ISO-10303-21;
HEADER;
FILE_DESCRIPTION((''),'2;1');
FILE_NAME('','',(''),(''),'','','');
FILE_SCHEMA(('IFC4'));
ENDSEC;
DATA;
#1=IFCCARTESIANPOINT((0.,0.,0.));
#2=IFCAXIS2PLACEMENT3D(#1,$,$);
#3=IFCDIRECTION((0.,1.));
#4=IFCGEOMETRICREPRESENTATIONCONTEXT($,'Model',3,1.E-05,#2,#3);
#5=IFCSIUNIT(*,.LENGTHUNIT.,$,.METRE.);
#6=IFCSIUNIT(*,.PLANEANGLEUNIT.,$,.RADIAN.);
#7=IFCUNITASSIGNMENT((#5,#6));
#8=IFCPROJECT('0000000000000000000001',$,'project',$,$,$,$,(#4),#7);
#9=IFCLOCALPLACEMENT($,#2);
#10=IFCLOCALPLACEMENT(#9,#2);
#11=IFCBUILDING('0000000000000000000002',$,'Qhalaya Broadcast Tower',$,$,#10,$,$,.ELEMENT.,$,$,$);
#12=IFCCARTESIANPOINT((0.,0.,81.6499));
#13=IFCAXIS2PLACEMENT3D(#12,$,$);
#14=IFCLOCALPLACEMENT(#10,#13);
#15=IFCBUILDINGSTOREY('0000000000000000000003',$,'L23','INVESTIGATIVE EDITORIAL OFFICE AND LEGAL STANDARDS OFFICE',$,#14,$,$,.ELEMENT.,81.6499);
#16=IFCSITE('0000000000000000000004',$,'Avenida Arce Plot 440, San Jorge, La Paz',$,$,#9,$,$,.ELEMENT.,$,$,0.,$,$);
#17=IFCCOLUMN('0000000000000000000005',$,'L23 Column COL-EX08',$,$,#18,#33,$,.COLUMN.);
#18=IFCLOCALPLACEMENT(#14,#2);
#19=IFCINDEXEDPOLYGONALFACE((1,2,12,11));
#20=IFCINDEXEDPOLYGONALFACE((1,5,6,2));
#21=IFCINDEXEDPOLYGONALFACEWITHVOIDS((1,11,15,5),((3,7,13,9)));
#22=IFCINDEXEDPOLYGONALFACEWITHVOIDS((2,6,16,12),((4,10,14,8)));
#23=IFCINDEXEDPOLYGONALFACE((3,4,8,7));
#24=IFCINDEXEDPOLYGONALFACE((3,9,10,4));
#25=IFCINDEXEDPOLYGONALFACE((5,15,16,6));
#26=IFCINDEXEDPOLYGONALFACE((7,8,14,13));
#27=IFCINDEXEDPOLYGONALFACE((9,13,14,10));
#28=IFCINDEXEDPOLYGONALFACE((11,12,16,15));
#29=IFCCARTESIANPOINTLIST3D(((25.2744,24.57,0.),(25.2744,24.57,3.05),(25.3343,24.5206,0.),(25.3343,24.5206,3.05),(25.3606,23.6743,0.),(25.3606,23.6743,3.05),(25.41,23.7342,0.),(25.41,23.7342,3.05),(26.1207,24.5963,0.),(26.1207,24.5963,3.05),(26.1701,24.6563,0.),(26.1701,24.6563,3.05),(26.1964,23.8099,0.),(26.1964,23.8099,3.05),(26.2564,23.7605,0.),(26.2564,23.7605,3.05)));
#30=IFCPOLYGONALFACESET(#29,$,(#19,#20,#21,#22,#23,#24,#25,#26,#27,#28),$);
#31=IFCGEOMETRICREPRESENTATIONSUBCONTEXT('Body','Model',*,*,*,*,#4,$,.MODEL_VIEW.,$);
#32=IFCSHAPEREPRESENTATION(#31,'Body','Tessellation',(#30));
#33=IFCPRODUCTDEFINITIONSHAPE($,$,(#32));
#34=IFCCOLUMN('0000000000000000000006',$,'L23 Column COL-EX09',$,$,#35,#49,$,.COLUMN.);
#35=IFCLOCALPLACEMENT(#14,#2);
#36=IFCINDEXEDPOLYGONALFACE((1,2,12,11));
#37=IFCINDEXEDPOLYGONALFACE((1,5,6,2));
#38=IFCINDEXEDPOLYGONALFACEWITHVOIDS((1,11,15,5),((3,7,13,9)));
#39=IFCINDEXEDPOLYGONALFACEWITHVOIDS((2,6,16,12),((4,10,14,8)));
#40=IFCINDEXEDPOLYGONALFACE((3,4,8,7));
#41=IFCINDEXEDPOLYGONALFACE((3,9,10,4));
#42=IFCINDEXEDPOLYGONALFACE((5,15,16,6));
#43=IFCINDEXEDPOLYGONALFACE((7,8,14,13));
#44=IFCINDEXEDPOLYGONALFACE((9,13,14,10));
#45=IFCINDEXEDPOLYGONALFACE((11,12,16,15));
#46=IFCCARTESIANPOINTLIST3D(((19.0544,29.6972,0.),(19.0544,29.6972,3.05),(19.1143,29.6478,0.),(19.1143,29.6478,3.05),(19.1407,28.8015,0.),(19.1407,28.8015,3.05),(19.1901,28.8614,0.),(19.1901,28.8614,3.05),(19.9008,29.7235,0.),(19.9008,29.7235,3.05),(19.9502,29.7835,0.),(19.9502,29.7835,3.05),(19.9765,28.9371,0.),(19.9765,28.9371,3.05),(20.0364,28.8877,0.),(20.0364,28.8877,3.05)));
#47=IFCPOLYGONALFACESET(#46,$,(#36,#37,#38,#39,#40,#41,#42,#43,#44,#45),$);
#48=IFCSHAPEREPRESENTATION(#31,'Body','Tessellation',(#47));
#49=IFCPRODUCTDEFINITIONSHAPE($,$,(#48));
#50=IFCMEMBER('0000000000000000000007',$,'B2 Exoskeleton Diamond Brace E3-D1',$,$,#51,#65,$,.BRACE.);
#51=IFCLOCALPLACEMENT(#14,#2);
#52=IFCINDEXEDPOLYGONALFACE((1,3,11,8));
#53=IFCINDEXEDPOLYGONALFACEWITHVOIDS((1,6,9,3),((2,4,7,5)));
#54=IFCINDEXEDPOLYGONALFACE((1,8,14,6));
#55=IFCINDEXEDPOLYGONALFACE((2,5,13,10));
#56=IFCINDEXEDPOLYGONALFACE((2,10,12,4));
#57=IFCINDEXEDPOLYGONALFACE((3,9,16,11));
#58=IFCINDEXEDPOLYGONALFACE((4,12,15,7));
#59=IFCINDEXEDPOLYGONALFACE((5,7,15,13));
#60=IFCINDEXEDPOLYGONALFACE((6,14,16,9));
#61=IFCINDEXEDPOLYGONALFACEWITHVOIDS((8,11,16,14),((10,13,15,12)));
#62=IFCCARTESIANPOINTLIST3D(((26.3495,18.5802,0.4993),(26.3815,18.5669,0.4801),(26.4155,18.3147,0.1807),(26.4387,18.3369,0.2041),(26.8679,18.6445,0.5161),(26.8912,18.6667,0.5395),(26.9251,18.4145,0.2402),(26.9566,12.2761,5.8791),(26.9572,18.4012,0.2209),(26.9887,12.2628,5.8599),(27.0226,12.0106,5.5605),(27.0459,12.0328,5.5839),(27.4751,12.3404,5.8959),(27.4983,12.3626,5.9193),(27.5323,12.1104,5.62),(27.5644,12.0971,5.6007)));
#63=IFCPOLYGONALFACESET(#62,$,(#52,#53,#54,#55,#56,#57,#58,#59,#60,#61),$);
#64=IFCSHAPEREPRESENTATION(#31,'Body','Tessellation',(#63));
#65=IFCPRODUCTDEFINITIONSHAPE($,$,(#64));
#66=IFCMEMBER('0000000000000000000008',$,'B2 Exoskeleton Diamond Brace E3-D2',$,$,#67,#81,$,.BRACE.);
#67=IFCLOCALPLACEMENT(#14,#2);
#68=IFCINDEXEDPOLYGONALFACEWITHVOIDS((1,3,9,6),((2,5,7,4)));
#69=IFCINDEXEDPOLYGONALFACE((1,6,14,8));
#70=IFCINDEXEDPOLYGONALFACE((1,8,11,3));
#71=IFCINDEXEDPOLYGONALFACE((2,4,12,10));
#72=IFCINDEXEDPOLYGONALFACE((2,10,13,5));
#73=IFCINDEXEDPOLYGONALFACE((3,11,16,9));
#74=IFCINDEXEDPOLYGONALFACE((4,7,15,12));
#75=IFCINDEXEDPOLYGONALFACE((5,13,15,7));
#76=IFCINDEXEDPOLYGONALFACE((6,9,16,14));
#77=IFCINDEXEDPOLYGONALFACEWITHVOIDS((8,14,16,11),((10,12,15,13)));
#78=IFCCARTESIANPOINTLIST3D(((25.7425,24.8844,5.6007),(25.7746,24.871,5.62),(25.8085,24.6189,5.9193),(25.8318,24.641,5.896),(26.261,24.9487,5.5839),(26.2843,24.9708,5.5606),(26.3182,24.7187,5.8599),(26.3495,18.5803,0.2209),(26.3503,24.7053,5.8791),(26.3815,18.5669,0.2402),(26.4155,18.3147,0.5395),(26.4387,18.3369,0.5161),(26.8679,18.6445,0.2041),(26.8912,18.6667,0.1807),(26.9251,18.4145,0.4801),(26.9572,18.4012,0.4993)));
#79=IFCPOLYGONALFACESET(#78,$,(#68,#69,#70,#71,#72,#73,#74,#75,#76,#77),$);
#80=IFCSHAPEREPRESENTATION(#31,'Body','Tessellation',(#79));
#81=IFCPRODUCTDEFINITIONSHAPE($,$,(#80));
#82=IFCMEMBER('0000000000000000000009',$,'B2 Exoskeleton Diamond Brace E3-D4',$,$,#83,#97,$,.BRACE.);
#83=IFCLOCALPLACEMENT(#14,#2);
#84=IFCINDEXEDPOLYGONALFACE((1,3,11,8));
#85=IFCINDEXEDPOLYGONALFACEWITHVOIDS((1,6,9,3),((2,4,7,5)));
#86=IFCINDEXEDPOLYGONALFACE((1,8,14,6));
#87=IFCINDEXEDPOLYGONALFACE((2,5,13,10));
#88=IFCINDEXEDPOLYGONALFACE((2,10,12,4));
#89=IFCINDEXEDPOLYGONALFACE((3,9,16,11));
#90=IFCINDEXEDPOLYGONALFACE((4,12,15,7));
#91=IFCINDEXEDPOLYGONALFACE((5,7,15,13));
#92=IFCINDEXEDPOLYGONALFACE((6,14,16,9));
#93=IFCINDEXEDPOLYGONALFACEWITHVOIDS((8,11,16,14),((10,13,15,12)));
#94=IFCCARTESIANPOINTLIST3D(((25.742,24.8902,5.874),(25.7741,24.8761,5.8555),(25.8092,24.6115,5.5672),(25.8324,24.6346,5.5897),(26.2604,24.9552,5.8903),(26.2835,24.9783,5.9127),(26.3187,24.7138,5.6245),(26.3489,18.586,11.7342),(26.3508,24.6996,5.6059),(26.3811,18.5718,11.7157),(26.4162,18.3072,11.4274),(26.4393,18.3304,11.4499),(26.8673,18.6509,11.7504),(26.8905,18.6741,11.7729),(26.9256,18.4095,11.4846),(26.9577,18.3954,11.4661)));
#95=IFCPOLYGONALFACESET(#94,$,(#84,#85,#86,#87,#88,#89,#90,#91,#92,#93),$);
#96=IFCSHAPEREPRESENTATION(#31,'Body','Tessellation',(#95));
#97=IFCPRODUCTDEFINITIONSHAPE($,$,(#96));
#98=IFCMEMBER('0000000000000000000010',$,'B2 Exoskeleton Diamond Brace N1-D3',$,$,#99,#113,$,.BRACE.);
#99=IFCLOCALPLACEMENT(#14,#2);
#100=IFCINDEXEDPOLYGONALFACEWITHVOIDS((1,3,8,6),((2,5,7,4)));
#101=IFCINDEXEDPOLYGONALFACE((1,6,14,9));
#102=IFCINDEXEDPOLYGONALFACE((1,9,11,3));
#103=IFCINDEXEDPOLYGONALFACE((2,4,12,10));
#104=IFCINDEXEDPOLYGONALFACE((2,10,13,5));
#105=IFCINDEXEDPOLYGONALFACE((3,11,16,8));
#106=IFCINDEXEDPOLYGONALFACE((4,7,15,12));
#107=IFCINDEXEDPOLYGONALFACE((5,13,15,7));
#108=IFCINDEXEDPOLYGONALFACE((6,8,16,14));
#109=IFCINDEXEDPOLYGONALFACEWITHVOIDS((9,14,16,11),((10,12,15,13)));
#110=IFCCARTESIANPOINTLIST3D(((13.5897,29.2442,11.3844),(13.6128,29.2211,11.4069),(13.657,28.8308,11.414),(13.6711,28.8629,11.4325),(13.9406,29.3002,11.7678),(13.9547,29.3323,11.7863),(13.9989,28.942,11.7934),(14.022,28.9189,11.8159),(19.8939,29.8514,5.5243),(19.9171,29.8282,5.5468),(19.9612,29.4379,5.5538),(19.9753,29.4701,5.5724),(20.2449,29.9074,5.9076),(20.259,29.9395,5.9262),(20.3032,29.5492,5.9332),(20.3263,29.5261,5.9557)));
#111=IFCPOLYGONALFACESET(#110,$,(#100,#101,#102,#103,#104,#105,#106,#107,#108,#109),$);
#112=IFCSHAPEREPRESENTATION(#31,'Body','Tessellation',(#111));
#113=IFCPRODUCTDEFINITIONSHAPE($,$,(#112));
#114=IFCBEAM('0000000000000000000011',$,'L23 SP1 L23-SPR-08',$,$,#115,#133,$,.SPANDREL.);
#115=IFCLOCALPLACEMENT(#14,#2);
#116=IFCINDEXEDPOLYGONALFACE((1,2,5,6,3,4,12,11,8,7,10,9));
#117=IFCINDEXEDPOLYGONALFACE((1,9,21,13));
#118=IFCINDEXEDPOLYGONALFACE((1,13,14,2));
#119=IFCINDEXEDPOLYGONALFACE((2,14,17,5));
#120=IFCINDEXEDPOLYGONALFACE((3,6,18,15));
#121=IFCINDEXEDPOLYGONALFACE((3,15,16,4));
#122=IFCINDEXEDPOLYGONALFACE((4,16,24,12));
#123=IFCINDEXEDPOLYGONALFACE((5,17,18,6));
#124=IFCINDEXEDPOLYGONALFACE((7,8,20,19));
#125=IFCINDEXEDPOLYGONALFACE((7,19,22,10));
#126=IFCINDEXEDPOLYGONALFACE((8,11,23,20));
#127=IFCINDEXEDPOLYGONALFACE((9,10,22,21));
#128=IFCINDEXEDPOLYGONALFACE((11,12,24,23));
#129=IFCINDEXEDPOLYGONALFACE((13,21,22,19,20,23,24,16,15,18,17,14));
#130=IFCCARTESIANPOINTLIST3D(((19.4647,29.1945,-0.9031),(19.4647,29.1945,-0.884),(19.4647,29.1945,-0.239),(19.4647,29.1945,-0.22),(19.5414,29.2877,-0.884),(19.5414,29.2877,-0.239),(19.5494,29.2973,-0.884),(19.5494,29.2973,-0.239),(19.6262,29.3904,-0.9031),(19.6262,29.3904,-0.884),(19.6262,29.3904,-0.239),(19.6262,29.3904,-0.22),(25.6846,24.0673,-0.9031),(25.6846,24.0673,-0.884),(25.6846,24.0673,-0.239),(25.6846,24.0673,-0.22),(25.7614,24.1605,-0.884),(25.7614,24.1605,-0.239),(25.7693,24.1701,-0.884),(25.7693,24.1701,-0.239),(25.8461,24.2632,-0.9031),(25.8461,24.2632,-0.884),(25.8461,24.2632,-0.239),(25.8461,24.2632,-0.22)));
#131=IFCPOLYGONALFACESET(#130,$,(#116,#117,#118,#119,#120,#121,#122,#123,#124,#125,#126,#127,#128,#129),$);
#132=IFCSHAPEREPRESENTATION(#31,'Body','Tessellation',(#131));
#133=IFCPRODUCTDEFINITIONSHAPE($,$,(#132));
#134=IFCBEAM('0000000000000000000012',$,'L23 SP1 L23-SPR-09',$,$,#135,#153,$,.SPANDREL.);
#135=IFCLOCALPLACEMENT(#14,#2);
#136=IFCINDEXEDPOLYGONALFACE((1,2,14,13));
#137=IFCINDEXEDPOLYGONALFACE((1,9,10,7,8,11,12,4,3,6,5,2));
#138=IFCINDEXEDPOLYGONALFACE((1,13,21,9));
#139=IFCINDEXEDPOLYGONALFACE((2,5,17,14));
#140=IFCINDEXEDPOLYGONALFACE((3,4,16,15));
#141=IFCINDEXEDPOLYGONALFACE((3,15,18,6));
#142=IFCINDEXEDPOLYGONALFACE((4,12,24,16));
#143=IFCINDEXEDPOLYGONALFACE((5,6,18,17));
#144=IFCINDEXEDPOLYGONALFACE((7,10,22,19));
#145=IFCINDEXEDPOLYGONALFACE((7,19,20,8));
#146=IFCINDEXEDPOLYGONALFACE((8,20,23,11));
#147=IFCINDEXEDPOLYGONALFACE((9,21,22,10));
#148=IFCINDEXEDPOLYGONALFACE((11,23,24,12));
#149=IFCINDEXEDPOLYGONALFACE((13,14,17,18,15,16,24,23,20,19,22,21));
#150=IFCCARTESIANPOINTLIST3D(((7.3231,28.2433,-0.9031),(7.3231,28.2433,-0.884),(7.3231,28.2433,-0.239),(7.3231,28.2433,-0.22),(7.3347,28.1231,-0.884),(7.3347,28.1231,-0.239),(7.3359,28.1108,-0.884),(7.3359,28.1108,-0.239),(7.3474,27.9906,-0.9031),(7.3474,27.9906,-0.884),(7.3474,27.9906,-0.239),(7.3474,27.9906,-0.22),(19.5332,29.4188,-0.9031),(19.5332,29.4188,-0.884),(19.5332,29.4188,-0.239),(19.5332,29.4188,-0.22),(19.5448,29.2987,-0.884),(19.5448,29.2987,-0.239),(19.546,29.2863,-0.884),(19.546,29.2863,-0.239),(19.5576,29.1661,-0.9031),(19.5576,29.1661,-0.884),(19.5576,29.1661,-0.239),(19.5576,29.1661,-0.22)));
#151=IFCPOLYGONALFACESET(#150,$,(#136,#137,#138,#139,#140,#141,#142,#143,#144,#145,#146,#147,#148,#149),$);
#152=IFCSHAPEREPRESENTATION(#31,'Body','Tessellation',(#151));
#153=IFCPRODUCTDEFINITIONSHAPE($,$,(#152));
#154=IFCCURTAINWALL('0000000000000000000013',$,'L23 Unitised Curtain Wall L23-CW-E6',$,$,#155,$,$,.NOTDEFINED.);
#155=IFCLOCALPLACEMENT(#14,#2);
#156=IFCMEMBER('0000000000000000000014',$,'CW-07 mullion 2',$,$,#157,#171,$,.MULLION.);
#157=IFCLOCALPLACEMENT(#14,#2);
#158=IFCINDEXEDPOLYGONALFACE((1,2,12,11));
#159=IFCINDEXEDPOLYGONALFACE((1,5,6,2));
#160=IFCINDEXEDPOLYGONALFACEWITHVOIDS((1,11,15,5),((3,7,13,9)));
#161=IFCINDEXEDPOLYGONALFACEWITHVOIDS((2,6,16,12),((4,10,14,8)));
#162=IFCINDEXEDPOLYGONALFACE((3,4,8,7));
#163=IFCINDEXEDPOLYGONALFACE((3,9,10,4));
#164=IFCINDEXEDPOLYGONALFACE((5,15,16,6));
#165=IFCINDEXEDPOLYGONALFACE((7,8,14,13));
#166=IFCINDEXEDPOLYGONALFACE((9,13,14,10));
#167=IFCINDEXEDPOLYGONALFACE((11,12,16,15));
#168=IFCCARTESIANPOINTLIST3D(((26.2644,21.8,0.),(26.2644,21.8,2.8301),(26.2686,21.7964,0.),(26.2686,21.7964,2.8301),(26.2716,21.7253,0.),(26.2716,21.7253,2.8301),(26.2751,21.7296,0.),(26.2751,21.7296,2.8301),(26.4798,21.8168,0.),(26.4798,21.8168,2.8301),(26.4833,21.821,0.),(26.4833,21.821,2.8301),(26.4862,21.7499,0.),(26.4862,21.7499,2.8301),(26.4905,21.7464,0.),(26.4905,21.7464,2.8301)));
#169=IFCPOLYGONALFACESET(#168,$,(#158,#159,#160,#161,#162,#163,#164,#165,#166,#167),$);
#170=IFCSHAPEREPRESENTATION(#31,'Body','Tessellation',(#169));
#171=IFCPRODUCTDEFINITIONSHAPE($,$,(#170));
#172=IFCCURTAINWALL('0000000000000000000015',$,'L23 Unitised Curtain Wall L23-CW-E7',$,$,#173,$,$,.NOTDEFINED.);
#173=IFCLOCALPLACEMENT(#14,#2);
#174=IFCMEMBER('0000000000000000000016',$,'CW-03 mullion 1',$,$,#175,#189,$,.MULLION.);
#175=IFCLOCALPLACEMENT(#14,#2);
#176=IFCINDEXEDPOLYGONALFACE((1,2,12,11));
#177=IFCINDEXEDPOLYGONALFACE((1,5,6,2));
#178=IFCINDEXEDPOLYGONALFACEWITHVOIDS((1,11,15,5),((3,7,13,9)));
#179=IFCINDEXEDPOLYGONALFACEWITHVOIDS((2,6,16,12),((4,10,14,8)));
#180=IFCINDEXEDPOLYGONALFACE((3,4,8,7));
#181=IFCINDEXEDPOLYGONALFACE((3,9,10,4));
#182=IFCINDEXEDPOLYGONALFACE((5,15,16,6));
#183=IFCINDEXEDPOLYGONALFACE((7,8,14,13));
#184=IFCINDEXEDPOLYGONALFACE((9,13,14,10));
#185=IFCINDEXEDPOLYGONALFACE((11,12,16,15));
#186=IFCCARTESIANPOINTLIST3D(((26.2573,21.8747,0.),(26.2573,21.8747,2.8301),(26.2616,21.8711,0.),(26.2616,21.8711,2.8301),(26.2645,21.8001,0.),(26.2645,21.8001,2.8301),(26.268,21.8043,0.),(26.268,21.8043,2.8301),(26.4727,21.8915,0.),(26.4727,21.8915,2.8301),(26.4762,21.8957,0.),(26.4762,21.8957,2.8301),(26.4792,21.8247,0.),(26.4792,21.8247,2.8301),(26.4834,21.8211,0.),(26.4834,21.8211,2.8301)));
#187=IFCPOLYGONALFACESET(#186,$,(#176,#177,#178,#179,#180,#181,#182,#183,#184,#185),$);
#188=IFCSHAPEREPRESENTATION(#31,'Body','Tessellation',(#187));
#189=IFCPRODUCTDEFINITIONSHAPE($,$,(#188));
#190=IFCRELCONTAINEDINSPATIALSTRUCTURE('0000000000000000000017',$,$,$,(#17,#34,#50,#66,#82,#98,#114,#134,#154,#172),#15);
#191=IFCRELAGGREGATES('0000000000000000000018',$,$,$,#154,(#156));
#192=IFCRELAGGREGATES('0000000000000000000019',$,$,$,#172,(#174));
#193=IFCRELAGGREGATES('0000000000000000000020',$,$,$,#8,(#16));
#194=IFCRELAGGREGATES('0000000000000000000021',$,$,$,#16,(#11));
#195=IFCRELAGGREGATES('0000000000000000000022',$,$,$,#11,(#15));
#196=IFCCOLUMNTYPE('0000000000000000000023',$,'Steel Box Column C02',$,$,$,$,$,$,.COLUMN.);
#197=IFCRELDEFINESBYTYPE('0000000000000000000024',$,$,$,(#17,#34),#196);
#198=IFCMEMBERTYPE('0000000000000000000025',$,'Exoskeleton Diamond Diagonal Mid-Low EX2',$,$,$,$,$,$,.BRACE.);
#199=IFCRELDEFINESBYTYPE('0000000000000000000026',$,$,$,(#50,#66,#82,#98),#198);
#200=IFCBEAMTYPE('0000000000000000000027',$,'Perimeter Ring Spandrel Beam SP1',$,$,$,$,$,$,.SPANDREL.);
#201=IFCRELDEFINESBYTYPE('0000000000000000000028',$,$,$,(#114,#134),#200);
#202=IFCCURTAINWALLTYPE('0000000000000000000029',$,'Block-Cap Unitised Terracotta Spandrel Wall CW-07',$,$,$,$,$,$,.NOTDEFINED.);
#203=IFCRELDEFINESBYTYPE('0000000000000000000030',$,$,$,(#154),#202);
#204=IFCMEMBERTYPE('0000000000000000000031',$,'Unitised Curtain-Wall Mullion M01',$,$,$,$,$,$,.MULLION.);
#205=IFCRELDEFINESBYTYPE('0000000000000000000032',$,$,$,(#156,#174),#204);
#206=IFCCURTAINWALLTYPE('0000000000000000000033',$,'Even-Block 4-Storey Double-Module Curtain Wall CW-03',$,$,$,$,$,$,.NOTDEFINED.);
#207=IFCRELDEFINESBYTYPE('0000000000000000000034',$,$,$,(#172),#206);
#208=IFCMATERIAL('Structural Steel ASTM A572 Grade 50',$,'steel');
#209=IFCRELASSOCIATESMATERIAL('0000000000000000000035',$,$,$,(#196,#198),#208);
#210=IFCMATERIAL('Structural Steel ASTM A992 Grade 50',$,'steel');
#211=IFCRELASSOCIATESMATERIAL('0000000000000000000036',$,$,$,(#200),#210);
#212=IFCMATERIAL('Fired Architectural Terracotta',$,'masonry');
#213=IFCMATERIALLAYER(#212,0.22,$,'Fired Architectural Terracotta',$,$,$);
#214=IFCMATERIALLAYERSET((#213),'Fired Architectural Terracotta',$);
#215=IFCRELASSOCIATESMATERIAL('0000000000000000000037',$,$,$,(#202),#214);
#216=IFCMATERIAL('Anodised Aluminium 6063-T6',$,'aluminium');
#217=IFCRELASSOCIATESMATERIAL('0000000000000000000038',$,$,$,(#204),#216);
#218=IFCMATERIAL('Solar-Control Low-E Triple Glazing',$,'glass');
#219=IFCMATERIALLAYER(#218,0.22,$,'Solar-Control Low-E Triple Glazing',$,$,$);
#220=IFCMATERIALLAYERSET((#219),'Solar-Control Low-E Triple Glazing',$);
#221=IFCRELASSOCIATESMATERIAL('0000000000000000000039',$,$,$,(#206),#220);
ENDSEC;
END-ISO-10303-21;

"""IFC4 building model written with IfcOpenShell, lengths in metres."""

from ifc_helpers import new_model, si_unit, direction, frame, origin, origin_2d, place, context, subcontext, project, spatial, hollow_rectangle, i_section, extrude, material, layer, layer_set, material_profile, profile_set, type_object, element, aggregate, save


model = new_model("IFC4")

# Units and contexts
model_context = context("Model", 3, precision=1e-05, world=origin(), true_north=direction((0.0, 1.0)))
body_context = subcontext(model_context, "Body", "Model", "MODEL_VIEW")
ifc_project = project(units=[si_unit("LENGTHUNIT", "METRE"), si_unit("PLANEANGLEUNIT", "RADIAN")], contexts=[model_context])

# Site, building, storey
site_placement = place(None, origin())
site = spatial("IfcSite", under=ifc_project, at=site_placement, Name="Avenida Arce Plot 440, San Jorge, La Paz", CompositionType="ELEMENT", RefElevation=0.0)
building_placement = place(site_placement, origin())
building = spatial("IfcBuilding", under=site, at=building_placement, Name="Qhalaya Broadcast Tower", CompositionType="ELEMENT")
storey_placement = place(building_placement, frame((0.0, 0.0, 81.6499)))
storey = spatial("IfcBuildingStorey", under=building, at=storey_placement, Name="L23", Description="INVESTIGATIVE EDITORIAL OFFICE AND LEGAL STANDARDS OFFICE", CompositionType="ELEMENT", Elevation=81.6499)

# Columns
ifc_material_1 = material(Name="Structural Steel ASTM A572 Grade 50", Category="steel")
ifc_material_profile_1 = material_profile(ifc_material_1, hollow_rectangle(XDim=0.8999, YDim=0.8999, WallThickness=0.0549, at=origin_2d()), Name="BOX 900x900x55")
ifc_profile_set_1 = profile_set([ifc_material_profile_1], Name="Structural Steel ASTM A572 Grade 50")
column_type = type_object("IfcColumnType", Name="Steel Box Column C02", PredefinedType="COLUMN", material=ifc_profile_set_1)
for number, where, z_axis, x_axis, name in (
    (1, (25.7654, 24.1653, 0.0), (0.0, 0.0, 1.0), (-0.095846, 0.995396, 0.0), "L23 Column COL-EX08"),
    (2, (19.5454, 29.2925, 0.0), (0.0, 0.0, 1.0), (0.995396, 0.095846, 0.0), "L23 Column COL-EX09"),
):
    element("IfcColumn", number, at=place(storey_placement, frame(where, z_axis=z_axis, x_axis=x_axis)), inside=storey, type_object=column_type, Name=name, PredefinedType="COLUMN", context=body_context, shape_type="SweptSolid", body=[
        extrude(hollow_rectangle(XDim=0.8999, YDim=0.8999, WallThickness=0.0549, at=origin_2d()), origin(), (0.0, 0.0, 1.0), 3.05),
    ])

# Members
ifc_material_profile_2 = material_profile(ifc_material_1, hollow_rectangle(XDim=0.4199, YDim=0.55, WallThickness=0.0281, at=origin_2d()), Name="BOX 420x550x28")
ifc_profile_set_2 = profile_set([ifc_material_profile_2], Name="Structural Steel ASTM A572 Grade 50")
member_type_1 = type_object("IfcMemberType", Name="Exoskeleton Diamond Diagonal Mid-Low EX2", PredefinedType="BRACE", material=ifc_profile_set_2)
for number, where, z_axis, x_axis, name in (
    (3, (26.6533, 18.4907, 0.3601), (0.073067, -0.758636, 0.647405), (-0.157185, 0.632268, 0.758637), "B2 Exoskeleton Diamond Brace E3-D1"),
    (4, (26.6533, 18.4907, 0.3601), (-0.073037, 0.758637, 0.647406), (0.157161, -0.632275, 0.758636), "B2 Exoskeleton Diamond Brace E3-D2"),
):
    element("IfcMember", number, at=place(storey_placement, frame(where, z_axis=z_axis, x_axis=x_axis)), inside=storey, type_object=member_type_1, Name=name, PredefinedType="BRACE", context=body_context, shape_type="SweptSolid", body=[
        extrude(hollow_rectangle(XDim=0.4199, YDim=0.55, WallThickness=0.0281, at=origin_2d()), origin(), (0.0, 0.0, 1.0), 8.3098),
    ])
for number, where, z_axis, x_axis, name in (
    (5, (26.0464, 24.7949, 5.74), (0.07034, -0.73062, 0.679152), (-0.160189, 0.663729, 0.730619), "B2 Exoskeleton Diamond Brace E3-D4"),
    (6, (20.1101, 29.6887, 5.74), (-0.730618, -0.070368, 0.679151), (0.160222, -0.984571, 0.070351), "B2 Exoskeleton Diamond Brace N1-D3"),
):
    element("IfcMember", number, at=place(storey_placement, frame(where, z_axis=z_axis, x_axis=x_axis)), inside=storey, type_object=member_type_1, Name=name, PredefinedType="BRACE", context=body_context, shape_type="SweptSolid", body=[
        extrude(hollow_rectangle(XDim=0.4199, YDim=0.55, WallThickness=0.0281, at=origin_2d()), origin(), (0.0, 0.0, 1.0), 8.6287),
    ])

# Beams
ifc_material_2 = material(Name="Structural Steel ASTM A992 Grade 50", Category="steel")
ifc_material_profile_3 = material_profile(ifc_material_2, i_section(OverallWidth=0.2539, OverallDepth=0.6831, WebThickness=0.0125, FlangeThickness=0.019, at=origin_2d()), Name="W27X94")
ifc_profile_set_3 = profile_set([ifc_material_profile_3], Name="Structural Steel ASTM A992 Grade 50")
beam_type = type_object("IfcBeamType", Name="Perimeter Ring Spandrel Beam SP1", PredefinedType="SPANDREL", material=ifc_profile_set_3)
beam_1_placement = place(storey_placement, frame((25.7654, 24.1653, -0.5615), z_axis=(-0.771634, 0.636067, 0.0), x_axis=(-0.636067, -0.771634, 0.0)))
element("IfcBeam", 7, at=beam_1_placement, inside=storey, type_object=beam_type, Name="L23 SP1 L23-SPR-08", PredefinedType="SPANDREL", context=body_context, shape_type="SweptSolid", body=[
    extrude(i_section(OverallWidth=0.2539, OverallDepth=0.6831, WebThickness=0.0125, FlangeThickness=0.019, at=origin_2d()), origin(), (0.0, 0.0, 1.0), 8.0608),
])
beam_2_placement = place(storey_placement, frame((19.5454, 29.2925, -0.5615), z_axis=(-0.995398, -0.095832, 0.0), x_axis=(0.095832, -0.995398, 0.0)))
element("IfcBeam", 8, at=beam_2_placement, inside=storey, type_object=beam_type, Name="L23 SP1 L23-SPR-09", PredefinedType="SPANDREL", context=body_context, shape_type="SweptSolid", body=[
    extrude(i_section(OverallWidth=0.2539, OverallDepth=0.6831, WebThickness=0.0125, FlangeThickness=0.019, at=origin_2d()), origin(), (0.0, 0.0, 1.0), 12.2666),
])

# Curtain wall, member
ifc_material_3 = material(Name="Fired Architectural Terracotta", Category="masonry")
ifc_layer_1 = layer(ifc_material_3, 0.22, Name="Fired Architectural Terracotta")
ifc_layer_set_1 = layer_set([ifc_layer_1], Name="Fired Architectural Terracotta")
curtain_wall_type_1 = type_object("IfcCurtainWallType", Name="Block-Cap Unitised Terracotta Spandrel Wall CW-07", PredefinedType="NOTDEFINED", material=ifc_layer_set_1)
curtain_wall_1_placement = place(storey_placement, origin())
curtain_wall_1 = element("IfcCurtainWall", 9, at=curtain_wall_1_placement, inside=storey, type_object=curtain_wall_type_1, Name="L23 Unitised Curtain Wall L23-CW-E6", PredefinedType="NOTDEFINED")
ifc_material_4 = material(Name="Anodised Aluminium 6063-T6", Category="aluminium")
ifc_material_profile_4 = material_profile(ifc_material_4, hollow_rectangle(XDim=0.075, YDim=0.22, WallThickness=0.0039, at=origin_2d()), Name="ALU-MUL 75x220x4")
ifc_profile_set_4 = profile_set([ifc_material_profile_4], Name="Anodised Aluminium 6063-T6")
member_type_2 = type_object("IfcMemberType", Name="Unitised Curtain-Wall Mullion M01", PredefinedType="MULLION", material=ifc_profile_set_4)
member_1_placement = place(storey_placement, frame((26.3774, 21.7732, 0.0), z_axis=(0.0, 0.0, 1.0), x_axis=(-0.095858, 0.995395, 0.0)))
member_1 = element("IfcMember", 10, at=member_1_placement, type_object=member_type_2, Name="CW-07 mullion 2", PredefinedType="MULLION", context=body_context, shape_type="SweptSolid", body=[
    extrude(hollow_rectangle(XDim=0.075, YDim=0.22, WallThickness=0.0039, at=origin_2d()), origin(), (0.0, 0.0, 1.0), 2.8301),
])

# Curtain wall, member
ifc_material_5 = material(Name="Solar-Control Low-E Triple Glazing", Category="glass")
ifc_layer_2 = layer(ifc_material_5, 0.22, Name="Solar-Control Low-E Triple Glazing")
ifc_layer_set_2 = layer_set([ifc_layer_2], Name="Solar-Control Low-E Triple Glazing")
curtain_wall_type_2 = type_object("IfcCurtainWallType", Name="Even-Block 4-Storey Double-Module Curtain Wall CW-03", PredefinedType="NOTDEFINED", material=ifc_layer_set_2)
curtain_wall_2_placement = place(storey_placement, origin())
curtain_wall_2 = element("IfcCurtainWall", 11, at=curtain_wall_2_placement, inside=storey, type_object=curtain_wall_type_2, Name="L23 Unitised Curtain Wall L23-CW-E7", PredefinedType="NOTDEFINED")
member_2_placement = place(storey_placement, frame((26.3704, 21.8479, 0.0), z_axis=(0.0, 0.0, 1.0), x_axis=(-0.09583, 0.995398, 0.0)))
member_2 = element("IfcMember", 12, at=member_2_placement, type_object=member_type_2, Name="CW-03 mullion 1", PredefinedType="MULLION", context=body_context, shape_type="SweptSolid", body=[
    extrude(hollow_rectangle(XDim=0.075, YDim=0.22, WallThickness=0.0039, at=origin_2d()), origin(), (0.0, 0.0, 1.0), 2.8301),
])

aggregate(curtain_wall_1, [member_1])
aggregate(curtain_wall_2, [member_2])

save(model, "model.ifc")
